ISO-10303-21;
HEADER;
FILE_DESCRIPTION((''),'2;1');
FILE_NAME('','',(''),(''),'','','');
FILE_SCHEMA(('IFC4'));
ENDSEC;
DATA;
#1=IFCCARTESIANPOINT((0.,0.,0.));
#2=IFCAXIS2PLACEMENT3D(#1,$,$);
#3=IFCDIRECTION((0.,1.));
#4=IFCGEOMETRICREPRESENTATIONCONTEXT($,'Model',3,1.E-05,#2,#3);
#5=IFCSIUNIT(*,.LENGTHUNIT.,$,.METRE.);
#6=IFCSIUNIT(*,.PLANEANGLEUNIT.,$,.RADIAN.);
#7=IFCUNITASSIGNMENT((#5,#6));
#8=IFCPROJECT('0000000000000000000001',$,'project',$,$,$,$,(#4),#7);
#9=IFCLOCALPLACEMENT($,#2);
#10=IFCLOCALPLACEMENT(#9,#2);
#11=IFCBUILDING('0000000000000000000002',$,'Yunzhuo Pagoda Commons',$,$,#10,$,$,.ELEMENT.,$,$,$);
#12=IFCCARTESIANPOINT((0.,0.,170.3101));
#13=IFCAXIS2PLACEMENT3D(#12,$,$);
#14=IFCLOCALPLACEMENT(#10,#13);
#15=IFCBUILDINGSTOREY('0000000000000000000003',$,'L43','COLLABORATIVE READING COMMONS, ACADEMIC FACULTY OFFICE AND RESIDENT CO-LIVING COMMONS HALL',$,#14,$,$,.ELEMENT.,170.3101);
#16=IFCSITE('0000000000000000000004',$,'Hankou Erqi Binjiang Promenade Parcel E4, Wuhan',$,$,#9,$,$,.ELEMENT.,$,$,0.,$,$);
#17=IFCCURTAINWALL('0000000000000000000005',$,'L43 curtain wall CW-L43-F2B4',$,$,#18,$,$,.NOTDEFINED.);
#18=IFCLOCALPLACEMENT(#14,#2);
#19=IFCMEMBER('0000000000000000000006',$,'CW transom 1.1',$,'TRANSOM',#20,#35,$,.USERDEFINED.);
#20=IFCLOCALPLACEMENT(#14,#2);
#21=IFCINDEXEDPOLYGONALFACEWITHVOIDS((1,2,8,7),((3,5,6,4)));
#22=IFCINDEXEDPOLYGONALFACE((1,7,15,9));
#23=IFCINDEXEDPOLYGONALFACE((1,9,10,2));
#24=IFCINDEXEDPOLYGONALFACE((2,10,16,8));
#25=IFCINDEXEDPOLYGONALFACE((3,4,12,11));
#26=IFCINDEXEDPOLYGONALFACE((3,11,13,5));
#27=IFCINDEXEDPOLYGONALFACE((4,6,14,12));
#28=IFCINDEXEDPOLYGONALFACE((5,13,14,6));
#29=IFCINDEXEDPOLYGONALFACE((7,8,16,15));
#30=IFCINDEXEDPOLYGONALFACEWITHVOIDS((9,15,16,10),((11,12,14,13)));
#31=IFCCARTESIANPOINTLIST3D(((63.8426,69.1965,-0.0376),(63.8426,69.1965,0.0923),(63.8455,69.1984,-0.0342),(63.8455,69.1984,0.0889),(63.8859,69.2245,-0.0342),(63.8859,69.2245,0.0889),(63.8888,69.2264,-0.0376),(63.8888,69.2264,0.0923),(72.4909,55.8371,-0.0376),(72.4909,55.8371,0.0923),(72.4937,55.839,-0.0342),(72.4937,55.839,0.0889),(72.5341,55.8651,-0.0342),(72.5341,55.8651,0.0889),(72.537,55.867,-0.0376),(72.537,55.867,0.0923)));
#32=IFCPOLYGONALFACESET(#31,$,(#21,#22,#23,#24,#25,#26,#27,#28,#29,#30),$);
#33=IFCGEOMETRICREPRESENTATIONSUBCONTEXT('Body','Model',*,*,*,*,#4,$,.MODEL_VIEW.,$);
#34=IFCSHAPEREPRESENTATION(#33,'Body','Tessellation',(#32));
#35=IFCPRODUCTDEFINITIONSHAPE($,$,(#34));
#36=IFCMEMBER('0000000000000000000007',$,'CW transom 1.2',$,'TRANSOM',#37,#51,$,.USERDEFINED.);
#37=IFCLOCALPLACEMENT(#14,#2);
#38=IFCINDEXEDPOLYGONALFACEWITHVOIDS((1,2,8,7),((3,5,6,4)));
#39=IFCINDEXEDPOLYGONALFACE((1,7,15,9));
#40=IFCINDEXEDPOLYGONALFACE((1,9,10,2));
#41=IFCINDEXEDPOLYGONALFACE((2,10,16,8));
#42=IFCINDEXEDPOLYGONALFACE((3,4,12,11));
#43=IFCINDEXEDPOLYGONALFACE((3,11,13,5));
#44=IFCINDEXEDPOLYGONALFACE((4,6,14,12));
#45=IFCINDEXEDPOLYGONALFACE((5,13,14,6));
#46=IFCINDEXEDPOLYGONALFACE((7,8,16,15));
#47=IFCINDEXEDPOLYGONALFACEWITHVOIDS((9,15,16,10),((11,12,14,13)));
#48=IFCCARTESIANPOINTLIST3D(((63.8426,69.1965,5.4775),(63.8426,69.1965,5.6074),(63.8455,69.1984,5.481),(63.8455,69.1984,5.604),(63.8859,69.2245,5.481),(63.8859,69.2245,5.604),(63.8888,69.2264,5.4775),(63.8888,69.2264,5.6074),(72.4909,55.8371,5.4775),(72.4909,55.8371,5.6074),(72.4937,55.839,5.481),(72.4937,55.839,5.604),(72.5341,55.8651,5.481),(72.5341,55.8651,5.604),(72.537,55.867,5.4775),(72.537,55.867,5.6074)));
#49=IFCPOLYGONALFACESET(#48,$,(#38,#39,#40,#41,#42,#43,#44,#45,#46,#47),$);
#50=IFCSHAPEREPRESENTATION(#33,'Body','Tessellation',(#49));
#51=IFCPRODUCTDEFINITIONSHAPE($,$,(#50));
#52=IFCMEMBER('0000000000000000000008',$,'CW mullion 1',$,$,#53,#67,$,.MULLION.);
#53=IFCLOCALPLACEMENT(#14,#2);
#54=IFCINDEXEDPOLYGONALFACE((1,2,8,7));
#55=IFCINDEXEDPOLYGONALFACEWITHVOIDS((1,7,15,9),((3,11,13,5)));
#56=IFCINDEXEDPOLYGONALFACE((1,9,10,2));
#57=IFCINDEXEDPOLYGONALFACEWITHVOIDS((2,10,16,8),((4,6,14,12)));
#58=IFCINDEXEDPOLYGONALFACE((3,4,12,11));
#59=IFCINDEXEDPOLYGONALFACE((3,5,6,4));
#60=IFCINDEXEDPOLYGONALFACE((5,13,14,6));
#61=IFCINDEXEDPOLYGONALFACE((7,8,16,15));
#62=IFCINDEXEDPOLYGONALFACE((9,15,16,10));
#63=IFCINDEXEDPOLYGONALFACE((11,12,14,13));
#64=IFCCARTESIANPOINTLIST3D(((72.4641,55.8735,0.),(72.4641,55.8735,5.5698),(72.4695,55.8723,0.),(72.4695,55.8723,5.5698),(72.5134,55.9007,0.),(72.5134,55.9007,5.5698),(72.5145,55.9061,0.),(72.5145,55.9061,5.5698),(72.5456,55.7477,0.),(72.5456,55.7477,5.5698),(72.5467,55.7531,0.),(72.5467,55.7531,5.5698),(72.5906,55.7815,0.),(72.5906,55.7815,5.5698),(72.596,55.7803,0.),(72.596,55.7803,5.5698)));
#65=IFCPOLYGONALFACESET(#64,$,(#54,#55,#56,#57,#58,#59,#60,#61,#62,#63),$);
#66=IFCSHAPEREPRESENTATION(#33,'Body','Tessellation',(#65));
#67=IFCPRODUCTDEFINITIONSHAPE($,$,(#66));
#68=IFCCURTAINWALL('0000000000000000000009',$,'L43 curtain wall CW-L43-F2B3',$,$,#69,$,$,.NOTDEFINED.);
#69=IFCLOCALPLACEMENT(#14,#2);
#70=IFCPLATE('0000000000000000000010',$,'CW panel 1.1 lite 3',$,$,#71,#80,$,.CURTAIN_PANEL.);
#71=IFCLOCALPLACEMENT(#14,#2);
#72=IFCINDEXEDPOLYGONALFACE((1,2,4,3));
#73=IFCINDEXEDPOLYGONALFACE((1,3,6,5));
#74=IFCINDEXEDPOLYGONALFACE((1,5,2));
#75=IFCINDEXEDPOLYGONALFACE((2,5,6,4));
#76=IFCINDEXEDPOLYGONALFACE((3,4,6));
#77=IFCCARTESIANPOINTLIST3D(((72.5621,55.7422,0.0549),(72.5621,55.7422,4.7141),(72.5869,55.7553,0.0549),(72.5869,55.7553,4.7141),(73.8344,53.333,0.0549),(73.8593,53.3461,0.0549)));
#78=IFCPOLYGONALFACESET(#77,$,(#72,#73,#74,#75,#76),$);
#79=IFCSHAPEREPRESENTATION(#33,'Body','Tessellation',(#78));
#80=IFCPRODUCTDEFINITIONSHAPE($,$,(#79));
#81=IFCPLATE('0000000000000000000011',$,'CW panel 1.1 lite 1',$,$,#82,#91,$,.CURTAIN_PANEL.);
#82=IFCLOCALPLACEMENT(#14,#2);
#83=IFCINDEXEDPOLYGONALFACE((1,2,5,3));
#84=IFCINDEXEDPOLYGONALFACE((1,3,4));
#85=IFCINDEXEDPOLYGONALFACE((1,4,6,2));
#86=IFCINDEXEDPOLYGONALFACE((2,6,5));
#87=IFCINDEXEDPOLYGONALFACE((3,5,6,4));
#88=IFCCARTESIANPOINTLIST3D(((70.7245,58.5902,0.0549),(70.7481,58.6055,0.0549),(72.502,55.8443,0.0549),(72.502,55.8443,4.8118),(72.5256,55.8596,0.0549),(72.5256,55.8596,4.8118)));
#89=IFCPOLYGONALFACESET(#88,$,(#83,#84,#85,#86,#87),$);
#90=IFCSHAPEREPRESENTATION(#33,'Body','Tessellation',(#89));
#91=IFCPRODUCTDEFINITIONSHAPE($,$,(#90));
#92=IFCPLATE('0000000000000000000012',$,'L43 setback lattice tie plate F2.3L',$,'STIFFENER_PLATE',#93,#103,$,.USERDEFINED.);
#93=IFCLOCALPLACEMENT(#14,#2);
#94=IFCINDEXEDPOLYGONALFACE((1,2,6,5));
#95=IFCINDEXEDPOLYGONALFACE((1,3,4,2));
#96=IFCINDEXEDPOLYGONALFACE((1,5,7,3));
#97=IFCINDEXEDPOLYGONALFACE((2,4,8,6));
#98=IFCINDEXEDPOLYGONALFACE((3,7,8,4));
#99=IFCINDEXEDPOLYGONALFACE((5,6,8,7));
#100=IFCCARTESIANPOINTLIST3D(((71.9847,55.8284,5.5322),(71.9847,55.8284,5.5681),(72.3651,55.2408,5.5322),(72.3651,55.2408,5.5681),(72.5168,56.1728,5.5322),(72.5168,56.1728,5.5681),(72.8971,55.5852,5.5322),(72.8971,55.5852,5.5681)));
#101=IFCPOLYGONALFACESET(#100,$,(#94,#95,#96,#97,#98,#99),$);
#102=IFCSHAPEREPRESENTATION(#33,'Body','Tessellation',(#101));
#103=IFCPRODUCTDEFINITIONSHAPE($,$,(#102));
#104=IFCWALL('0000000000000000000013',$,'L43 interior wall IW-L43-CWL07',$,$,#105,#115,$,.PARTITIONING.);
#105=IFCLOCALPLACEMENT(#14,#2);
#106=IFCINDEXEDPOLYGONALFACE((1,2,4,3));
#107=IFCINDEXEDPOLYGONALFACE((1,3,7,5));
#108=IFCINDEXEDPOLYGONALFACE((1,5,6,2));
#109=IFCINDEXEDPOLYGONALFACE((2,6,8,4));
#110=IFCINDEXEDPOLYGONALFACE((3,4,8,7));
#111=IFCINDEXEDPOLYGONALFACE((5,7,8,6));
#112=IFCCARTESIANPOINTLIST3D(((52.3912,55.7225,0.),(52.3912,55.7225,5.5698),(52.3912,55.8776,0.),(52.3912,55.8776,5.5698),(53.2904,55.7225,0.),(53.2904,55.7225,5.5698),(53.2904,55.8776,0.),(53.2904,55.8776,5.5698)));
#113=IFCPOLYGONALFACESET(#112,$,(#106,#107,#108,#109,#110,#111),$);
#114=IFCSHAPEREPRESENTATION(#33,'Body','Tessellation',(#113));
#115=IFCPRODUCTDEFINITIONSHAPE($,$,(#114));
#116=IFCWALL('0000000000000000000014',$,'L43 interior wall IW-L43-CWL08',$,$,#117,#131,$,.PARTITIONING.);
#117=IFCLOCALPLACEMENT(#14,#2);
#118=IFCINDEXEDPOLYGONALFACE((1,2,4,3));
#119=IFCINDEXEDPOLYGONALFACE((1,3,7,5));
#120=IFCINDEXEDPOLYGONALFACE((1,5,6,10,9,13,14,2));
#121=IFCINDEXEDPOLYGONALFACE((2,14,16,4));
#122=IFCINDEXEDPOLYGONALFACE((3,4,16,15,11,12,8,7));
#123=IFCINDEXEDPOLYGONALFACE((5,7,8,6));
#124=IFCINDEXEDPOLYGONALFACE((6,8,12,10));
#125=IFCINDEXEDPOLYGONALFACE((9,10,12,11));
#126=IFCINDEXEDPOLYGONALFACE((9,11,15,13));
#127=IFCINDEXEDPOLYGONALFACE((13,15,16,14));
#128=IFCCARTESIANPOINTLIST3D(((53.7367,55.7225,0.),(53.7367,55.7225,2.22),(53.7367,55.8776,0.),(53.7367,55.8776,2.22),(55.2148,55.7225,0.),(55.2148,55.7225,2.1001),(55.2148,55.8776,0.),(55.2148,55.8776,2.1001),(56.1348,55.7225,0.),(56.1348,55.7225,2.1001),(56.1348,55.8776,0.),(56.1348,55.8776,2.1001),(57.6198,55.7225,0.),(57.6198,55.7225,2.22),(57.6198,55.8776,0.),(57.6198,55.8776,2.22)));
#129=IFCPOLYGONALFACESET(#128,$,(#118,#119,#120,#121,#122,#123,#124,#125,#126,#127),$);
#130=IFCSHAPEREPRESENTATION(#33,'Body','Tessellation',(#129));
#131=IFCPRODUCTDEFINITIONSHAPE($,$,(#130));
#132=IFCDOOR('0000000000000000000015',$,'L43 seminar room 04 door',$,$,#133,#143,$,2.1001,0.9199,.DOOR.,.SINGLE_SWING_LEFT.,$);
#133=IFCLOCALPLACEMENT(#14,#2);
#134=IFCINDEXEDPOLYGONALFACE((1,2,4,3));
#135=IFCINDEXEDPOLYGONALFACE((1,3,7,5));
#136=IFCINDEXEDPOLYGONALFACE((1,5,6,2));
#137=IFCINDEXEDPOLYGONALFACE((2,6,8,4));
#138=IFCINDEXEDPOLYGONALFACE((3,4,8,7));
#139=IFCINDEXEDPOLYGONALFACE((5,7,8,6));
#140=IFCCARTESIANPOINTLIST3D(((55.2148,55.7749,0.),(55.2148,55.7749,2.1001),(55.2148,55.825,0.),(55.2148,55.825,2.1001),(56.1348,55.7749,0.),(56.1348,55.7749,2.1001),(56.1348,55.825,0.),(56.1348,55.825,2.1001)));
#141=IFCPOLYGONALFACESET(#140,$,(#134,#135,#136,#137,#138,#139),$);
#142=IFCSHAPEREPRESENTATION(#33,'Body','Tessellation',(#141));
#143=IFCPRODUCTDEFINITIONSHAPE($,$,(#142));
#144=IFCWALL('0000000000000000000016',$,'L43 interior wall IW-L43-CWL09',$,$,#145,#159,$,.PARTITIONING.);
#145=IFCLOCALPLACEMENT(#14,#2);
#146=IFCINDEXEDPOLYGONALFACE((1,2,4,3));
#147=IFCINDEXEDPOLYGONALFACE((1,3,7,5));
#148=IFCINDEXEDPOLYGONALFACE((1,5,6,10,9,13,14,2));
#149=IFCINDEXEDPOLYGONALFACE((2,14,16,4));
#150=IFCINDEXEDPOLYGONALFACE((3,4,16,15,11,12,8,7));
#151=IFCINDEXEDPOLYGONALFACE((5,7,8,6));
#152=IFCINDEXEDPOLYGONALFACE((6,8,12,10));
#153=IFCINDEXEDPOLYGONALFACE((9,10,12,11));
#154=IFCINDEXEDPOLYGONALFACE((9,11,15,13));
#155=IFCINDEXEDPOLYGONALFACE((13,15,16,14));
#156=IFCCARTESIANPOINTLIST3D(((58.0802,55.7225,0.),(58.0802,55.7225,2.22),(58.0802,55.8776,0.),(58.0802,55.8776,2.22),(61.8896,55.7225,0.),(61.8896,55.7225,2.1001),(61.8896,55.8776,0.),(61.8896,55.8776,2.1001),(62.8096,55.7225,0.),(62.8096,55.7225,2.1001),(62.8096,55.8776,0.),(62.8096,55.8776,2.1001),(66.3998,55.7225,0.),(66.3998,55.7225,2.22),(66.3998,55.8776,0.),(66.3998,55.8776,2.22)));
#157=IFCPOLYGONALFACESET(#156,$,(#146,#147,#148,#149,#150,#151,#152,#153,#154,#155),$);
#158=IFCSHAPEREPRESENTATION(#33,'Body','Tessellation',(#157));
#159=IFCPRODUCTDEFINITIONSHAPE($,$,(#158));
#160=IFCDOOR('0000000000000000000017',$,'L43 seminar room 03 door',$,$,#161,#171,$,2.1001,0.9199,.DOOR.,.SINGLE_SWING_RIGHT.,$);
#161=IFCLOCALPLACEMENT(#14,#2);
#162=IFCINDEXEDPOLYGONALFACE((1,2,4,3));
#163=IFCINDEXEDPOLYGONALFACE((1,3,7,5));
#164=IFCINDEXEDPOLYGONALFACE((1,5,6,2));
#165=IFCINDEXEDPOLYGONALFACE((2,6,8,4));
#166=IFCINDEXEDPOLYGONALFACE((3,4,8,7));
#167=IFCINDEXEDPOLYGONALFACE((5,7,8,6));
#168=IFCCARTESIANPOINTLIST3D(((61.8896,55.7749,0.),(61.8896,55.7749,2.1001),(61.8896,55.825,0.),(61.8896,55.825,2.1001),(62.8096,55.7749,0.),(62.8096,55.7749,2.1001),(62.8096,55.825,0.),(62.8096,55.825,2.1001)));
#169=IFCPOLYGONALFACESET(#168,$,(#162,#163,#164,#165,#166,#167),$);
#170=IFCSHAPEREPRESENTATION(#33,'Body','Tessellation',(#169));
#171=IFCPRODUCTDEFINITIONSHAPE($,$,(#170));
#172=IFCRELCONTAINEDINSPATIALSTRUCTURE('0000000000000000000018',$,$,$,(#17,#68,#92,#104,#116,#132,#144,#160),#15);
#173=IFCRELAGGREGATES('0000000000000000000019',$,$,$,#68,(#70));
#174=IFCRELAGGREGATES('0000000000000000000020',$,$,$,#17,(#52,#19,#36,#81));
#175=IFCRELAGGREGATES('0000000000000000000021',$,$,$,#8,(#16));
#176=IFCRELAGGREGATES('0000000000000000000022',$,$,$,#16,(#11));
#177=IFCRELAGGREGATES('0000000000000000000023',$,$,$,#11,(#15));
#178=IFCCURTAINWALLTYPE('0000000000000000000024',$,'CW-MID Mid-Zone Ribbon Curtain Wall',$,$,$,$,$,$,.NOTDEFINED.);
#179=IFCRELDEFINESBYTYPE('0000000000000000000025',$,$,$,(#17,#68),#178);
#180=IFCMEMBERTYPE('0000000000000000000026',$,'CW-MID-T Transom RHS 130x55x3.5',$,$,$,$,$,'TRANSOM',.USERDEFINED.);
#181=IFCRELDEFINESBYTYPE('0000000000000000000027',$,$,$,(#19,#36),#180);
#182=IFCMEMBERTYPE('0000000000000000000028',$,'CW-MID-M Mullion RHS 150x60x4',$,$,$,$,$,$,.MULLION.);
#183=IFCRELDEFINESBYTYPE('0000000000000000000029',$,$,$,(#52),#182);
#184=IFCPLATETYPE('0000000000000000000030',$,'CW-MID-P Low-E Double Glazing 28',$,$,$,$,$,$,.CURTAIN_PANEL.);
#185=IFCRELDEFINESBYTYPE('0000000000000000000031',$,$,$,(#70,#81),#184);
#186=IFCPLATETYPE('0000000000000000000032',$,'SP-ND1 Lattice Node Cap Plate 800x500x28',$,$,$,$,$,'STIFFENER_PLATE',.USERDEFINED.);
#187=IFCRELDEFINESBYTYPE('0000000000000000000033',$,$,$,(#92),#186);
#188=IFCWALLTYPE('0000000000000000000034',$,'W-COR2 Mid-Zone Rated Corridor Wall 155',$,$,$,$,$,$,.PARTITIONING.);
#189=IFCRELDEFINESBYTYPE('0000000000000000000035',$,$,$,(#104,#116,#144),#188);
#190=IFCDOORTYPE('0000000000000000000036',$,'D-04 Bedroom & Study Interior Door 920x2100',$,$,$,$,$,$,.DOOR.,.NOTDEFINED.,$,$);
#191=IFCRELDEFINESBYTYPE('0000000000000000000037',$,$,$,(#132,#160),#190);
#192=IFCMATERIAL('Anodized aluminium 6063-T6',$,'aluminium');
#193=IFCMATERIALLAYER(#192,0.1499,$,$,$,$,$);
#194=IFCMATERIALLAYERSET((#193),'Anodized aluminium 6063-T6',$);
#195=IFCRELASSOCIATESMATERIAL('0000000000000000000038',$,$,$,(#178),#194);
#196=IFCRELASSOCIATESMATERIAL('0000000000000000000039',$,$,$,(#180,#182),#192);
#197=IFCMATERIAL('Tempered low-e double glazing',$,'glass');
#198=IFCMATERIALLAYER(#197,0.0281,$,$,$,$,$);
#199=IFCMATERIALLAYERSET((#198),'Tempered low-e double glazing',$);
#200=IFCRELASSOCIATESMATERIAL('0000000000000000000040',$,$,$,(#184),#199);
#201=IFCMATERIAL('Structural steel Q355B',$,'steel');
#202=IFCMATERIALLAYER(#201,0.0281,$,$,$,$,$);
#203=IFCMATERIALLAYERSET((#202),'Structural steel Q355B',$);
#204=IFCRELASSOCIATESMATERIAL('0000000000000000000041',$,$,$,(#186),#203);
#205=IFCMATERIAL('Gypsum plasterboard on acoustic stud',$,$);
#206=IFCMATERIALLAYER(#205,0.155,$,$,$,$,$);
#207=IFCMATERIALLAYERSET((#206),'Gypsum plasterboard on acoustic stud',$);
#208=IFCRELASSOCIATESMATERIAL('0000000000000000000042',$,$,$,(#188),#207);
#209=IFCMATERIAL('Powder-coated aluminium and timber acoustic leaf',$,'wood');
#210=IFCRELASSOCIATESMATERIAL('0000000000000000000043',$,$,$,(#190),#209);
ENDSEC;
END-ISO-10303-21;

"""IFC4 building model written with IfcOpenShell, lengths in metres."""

from ifc_helpers import new_model, si_unit, direction, frame, frame_2d, origin, origin_with_axes, origin_2d, place, context, subcontext, project, spatial, polyline, rectangle, hollow_rectangle, outline, extrude, source, transform, mapped, material, layer, layer_set, material_profile, profile_set, type_object, element, fill, aggregate, save


model = new_model("IFC4")

# Units and contexts
model_context = context("Model", 3, precision=1e-05, world=origin(), true_north=direction((0.0, 1.0)))
body_context = subcontext(model_context, "Body", "Model", "MODEL_VIEW")
ifc_project = project(units=[si_unit("LENGTHUNIT", "METRE"), si_unit("PLANEANGLEUNIT", "RADIAN")], contexts=[model_context])

# Site, building, storey
site_placement = place(None, origin())
site = spatial("IfcSite", under=ifc_project, at=site_placement, Name="Hankou Erqi Binjiang Promenade Parcel E4, Wuhan", CompositionType="ELEMENT", RefElevation=0.0)
building_placement = place(site_placement, origin())
building = spatial("IfcBuilding", under=site, at=building_placement, Name="Yunzhuo Pagoda Commons", CompositionType="ELEMENT")
storey_placement = place(building_placement, frame((0.0, 0.0, 170.3101)))
storey = spatial("IfcBuildingStorey", under=building, at=storey_placement, Name="L43", Description="COLLABORATIVE READING COMMONS, ACADEMIC FACULTY OFFICE AND RESIDENT CO-LIVING COMMONS HALL", CompositionType="ELEMENT", Elevation=170.3101)

# Shared definitions
ifc_material_1 = material(Name="Structural steel Q355B", Category="steel")

# Curtain wall, members
ifc_material_2 = material(Name="Anodized aluminium 6063-T6", Category="aluminium")
ifc_layer_1 = layer(ifc_material_2, 0.1499)
ifc_layer_set_1 = layer_set([ifc_layer_1], Name="Anodized aluminium 6063-T6")
curtain_wall_type = type_object("IfcCurtainWallType", Name="CW-MID Mid-Zone Ribbon Curtain Wall", PredefinedType="NOTDEFINED", material=ifc_layer_set_1)
curtain_wall_1_placement = place(storey_placement, origin())
curtain_wall_1 = element("IfcCurtainWall", 1, at=curtain_wall_1_placement, inside=storey, type_object=curtain_wall_type, Name="L43 curtain wall CW-L43-F2B4", PredefinedType="NOTDEFINED")
ifc_material_profile_1 = material_profile(ifc_material_2, hollow_rectangle(XDim=0.0549, YDim=0.1299, WallThickness=0.0034, at=origin_2d()), Name="Anodized aluminium 6063-T6")
ifc_profile_set_1 = profile_set([ifc_material_profile_1], Name="Anodized aluminium 6063-T6")
member_type_1 = type_object("IfcMemberType", Name="CW-MID-T Transom RHS 130x55x3.5", ElementType="TRANSOM", PredefinedType="USERDEFINED", material=ifc_profile_set_1)
shared_shape_1 = source(origin(), body_context, "Body", "SweptSolid", [
    extrude(hollow_rectangle(XDim=0.0549, YDim=0.1299, WallThickness=0.0034, at=origin_2d()), origin(), (0.0, 0.0, 1.0), 15.9143),
])
member_1_placement = place(storey_placement, frame((72.5139, 55.8521, 0.0273), z_axis=(-0.543424, 0.839459, 0.0), x_axis=(-0.839459, -0.543424, 0.0)))
member_1 = element("IfcMember", 2, at=member_1_placement, type_object=member_type_1, Name="CW transom 1.1", ObjectType="TRANSOM", PredefinedType="USERDEFINED", context=body_context, shape_type="MappedRepresentation", body=[
    mapped(shared_shape_1, transform((0.0, 0.0, 0.0), scale=1.0)),
])
member_2_placement = place(storey_placement, frame((72.5139, 55.8521, 5.5425), z_axis=(-0.543424, 0.839459, 0.0), x_axis=(-0.839459, -0.543424, 0.0)))
member_2 = element("IfcMember", 3, at=member_2_placement, type_object=member_type_1, Name="CW transom 1.2", ObjectType="TRANSOM", PredefinedType="USERDEFINED", context=body_context, shape_type="MappedRepresentation", body=[
    mapped(shared_shape_1, transform((0.0, 0.0, 0.0), scale=1.0)),
])
ifc_material_profile_2 = material_profile(ifc_material_2, hollow_rectangle(XDim=0.0601, YDim=0.1499, WallThickness=0.0039, at=origin_2d()), Name="Anodized aluminium 6063-T6")
ifc_profile_set_2 = profile_set([ifc_material_profile_2], Name="Anodized aluminium 6063-T6")
member_type_2 = type_object("IfcMemberType", Name="CW-MID-M Mullion RHS 150x60x4", PredefinedType="MULLION", material=ifc_profile_set_2)
shared_shape_2 = source(origin(), body_context, "Body", "SweptSolid", [
    extrude(hollow_rectangle(XDim=0.0601, YDim=0.1499, WallThickness=0.0039, at=origin_2d()), origin(), (0.0, 0.0, 1.0), 5.5698),
])
member_3_placement = place(storey_placement, frame((72.53, 55.8269, 0.0), z_axis=(0.0, 0.0, 1.0), x_axis=(-0.839466, -0.543412, 0.0)))
member_3 = element("IfcMember", 4, at=member_3_placement, type_object=member_type_2, Name="CW mullion 1", PredefinedType="MULLION", context=body_context, shape_type="MappedRepresentation", body=[
    mapped(shared_shape_2, transform((0.0, 0.0, 0.0), scale=1.0)),
])

# Curtain wall, plate
curtain_wall_2_placement = place(storey_placement, origin())
curtain_wall_2 = element("IfcCurtainWall", 5, at=curtain_wall_2_placement, inside=storey, type_object=curtain_wall_type, Name="L43 curtain wall CW-L43-F2B3", PredefinedType="NOTDEFINED")
ifc_material_3 = material(Name="Tempered low-e double glazing", Category="glass")
ifc_layer_2 = layer(ifc_material_3, 0.0281)
ifc_layer_set_2 = layer_set([ifc_layer_2], Name="Tempered low-e double glazing")
plate_type_1 = type_object("IfcPlateType", Name="CW-MID-P Low-E Double Glazing 28", PredefinedType="CURTAIN_PANEL", material=ifc_layer_set_2)
plate_1_placement = place(storey_placement, frame((73.1982, 54.5376, 2.3845), z_axis=(0.884263, 0.46699, 0.0), x_axis=(-0.46699, 0.884263, 0.0)))
plate_1 = element("IfcPlate", 6, at=plate_1_placement, type_object=plate_type_1, Name="CW panel 1.1 lite 3", PredefinedType="CURTAIN_PANEL", context=body_context, shape_type="SweptSolid", body=[
    extrude(outline(polyline([(-1.3623, -2.3296), (1.3623, -2.3296), (1.3623, 2.3296), (-1.3623, -2.3296)])), origin(), (0.0, 0.0, 1.0), 0.0281),
])
aggregate(curtain_wall_2, [plate_1])

# Plates
plate_2_placement = place(storey_placement, frame((71.6133, 57.2173, 2.4333), z_axis=(0.839466, 0.543412, 0.0), x_axis=(-0.543412, 0.839466, 0.0)))
plate_2 = element("IfcPlate", 7, at=plate_2_placement, type_object=plate_type_1, Name="CW panel 1.1 lite 1", PredefinedType="CURTAIN_PANEL", context=body_context, shape_type="SweptSolid", body=[
    extrude(outline(polyline([(-1.6355, -2.3784), (1.6355, -2.3784), (-1.6355, 2.3784), (-1.6355, -2.3784)])), origin(), (0.0, 0.0, 1.0), 0.0281),
])
aggregate(curtain_wall_1, [member_3, member_1, member_2, plate_2])
ifc_layer_3 = layer(ifc_material_1, 0.0281)
ifc_layer_set_3 = layer_set([ifc_layer_3], Name="Structural steel Q355B")
plate_type_2 = type_object("IfcPlateType", Name="SP-ND1 Lattice Node Cap Plate 800x500x28", ElementType="STIFFENER_PLATE", PredefinedType="USERDEFINED", material=ifc_layer_set_3)
shared_shape_3 = source(origin(), body_context, "Body", "SweptSolid", [
    extrude(rectangle(XDim=0.7, YDim=0.6338, at=origin_2d()), origin(), (0.0, 0.0, 1.0), 0.0359),
])
plate_3_placement = place(storey_placement, frame((72.4409, 55.7068, 5.5322), z_axis=(0.0, 0.0, 1.0), x_axis=(-0.543409, 0.839468, 0.0)))
element("IfcPlate", 8, at=plate_3_placement, inside=storey, type_object=plate_type_2, Name="L43 setback lattice tie plate F2.3L", ObjectType="STIFFENER_PLATE", PredefinedType="USERDEFINED", context=body_context, shape_type="MappedRepresentation", body=[
    mapped(shared_shape_3, transform((0.0, 0.0, 0.0), scale=1.0)),
])

# Wall
ifc_material_4 = material(Name="Gypsum plasterboard on acoustic stud")
ifc_layer_4 = layer(ifc_material_4, 0.155)
ifc_layer_set_4 = layer_set([ifc_layer_4], Name="Gypsum plasterboard on acoustic stud")
wall_type_1 = type_object("IfcWallType", Name="W-COR2 Mid-Zone Rated Corridor Wall 155", PredefinedType="PARTITIONING", material=ifc_layer_set_4)
wall_1_placement = place(storey_placement, frame((52.3911, 55.8, 0.0), z_axis=(0.0, 0.0, 1.0), x_axis=(1.0, 0.0, 0.0)))
element("IfcWall", 9, at=wall_1_placement, inside=storey, type_object=wall_type_1, Name="L43 interior wall IW-L43-CWL07", PredefinedType="PARTITIONING", context=body_context, shape_type="SweptSolid", body=[
    extrude(rectangle(XDim=0.8992, YDim=0.155, at=frame_2d((0.4497, 0.0))), origin(), (0.0, 0.0, 1.0), 5.5698),
])

# Walls, openings, doors
wall_2_placement = place(storey_placement, frame((53.7368, 55.8, 0.0), z_axis=(0.0, 0.0, 1.0), x_axis=(1.0, 0.0, 0.0)))
wall_2 = element("IfcWall", 10, at=wall_2_placement, inside=storey, type_object=wall_type_1, Name="L43 interior wall IW-L43-CWL08", PredefinedType="PARTITIONING", context=body_context, shape_type="SweptSolid", body=[
    extrude(rectangle(XDim=3.8831, YDim=0.155, at=frame_2d((1.9414, 0.0))), origin(), (0.0, 0.0, 1.0), 2.22),
])
opening_1_placement = place(wall_2_placement, frame((1.478, 0.0, 0.0)))
opening_1 = element("IfcOpeningElement", 11, at=opening_1_placement, cuts=wall_2, PredefinedType="OPENING", context=body_context, shape_type="SweptSolid", body=[
    extrude(rectangle(XDim=0.9199, YDim=2.1001, at=frame_2d((0.46, 1.05))), frame((0.0, 0.0874, 0.0), z_axis=(0.0, -1.0, 0.0), x_axis=(1.0, 0.0, 0.0)), (0.0, 0.0, 1.0), 0.175),
])
ifc_material_5 = material(Name="Powder-coated aluminium and timber acoustic leaf", Category="wood")
door_type = type_object("IfcDoorType", Name="D-04 Bedroom & Study Interior Door 920x2100", OperationType="NOTDEFINED", PredefinedType="DOOR", material=ifc_material_5)
shared_shape_4 = source(origin(), body_context, "Body", "SweptSolid", [
    extrude(rectangle(XDim=0.9199, YDim=2.1001, at=frame_2d((0.46, 1.05))), frame((0.0, 0.0249, 0.0), z_axis=(0.0, -1.0, 0.0), x_axis=(1.0, 0.0, 0.0)), (0.0, 0.0, 1.0), 0.05),
])
door_1_placement = place(opening_1_placement, origin_with_axes())
door_1 = element("IfcDoor", 12, at=door_1_placement, inside=storey, type_object=door_type, Name="L43 seminar room 04 door", OperationType="SINGLE_SWING_LEFT", OverallHeight=2.1001, OverallWidth=0.9199, PredefinedType="DOOR", context=body_context, shape_type="MappedRepresentation", body=[
    mapped(shared_shape_4, transform((0.0, 0.0, 0.0), scale=1.0)),
])
fill(opening_1, door_1)
wall_3_placement = place(storey_placement, frame((58.0803, 55.8, 0.0), z_axis=(0.0, 0.0, 1.0), x_axis=(1.0, 0.0, 0.0)))
wall_3 = element("IfcWall", 13, at=wall_3_placement, inside=storey, type_object=wall_type_1, Name="L43 interior wall IW-L43-CWL09", PredefinedType="PARTITIONING", context=body_context, shape_type="SweptSolid", body=[
    extrude(rectangle(XDim=8.3196, YDim=0.155, at=frame_2d((4.1597, 0.0))), origin(), (0.0, 0.0, 1.0), 2.22),
])
opening_2_placement = place(wall_3_placement, frame((3.8093, 0.0, 0.0)))
opening_2 = element("IfcOpeningElement", 14, at=opening_2_placement, cuts=wall_3, PredefinedType="OPENING", context=body_context, shape_type="SweptSolid", body=[
    extrude(rectangle(XDim=0.9199, YDim=2.1001, at=frame_2d((0.46, 1.05))), frame((0.0, 0.0874, 0.0), z_axis=(0.0, -1.0, 0.0), x_axis=(1.0, 0.0, 0.0)), (0.0, 0.0, 1.0), 0.175),
])
door_2_placement = place(opening_2_placement, origin_with_axes())
door_2 = element("IfcDoor", 15, at=door_2_placement, inside=storey, type_object=door_type, Name="L43 seminar room 03 door", OperationType="SINGLE_SWING_RIGHT", OverallHeight=2.1001, OverallWidth=0.9199, PredefinedType="DOOR", context=body_context, shape_type="MappedRepresentation", body=[
    mapped(shared_shape_4, transform((0.0, 0.0, 0.0), scale=1.0)),
])
fill(opening_2, door_2)

save(model, "model.ifc")
